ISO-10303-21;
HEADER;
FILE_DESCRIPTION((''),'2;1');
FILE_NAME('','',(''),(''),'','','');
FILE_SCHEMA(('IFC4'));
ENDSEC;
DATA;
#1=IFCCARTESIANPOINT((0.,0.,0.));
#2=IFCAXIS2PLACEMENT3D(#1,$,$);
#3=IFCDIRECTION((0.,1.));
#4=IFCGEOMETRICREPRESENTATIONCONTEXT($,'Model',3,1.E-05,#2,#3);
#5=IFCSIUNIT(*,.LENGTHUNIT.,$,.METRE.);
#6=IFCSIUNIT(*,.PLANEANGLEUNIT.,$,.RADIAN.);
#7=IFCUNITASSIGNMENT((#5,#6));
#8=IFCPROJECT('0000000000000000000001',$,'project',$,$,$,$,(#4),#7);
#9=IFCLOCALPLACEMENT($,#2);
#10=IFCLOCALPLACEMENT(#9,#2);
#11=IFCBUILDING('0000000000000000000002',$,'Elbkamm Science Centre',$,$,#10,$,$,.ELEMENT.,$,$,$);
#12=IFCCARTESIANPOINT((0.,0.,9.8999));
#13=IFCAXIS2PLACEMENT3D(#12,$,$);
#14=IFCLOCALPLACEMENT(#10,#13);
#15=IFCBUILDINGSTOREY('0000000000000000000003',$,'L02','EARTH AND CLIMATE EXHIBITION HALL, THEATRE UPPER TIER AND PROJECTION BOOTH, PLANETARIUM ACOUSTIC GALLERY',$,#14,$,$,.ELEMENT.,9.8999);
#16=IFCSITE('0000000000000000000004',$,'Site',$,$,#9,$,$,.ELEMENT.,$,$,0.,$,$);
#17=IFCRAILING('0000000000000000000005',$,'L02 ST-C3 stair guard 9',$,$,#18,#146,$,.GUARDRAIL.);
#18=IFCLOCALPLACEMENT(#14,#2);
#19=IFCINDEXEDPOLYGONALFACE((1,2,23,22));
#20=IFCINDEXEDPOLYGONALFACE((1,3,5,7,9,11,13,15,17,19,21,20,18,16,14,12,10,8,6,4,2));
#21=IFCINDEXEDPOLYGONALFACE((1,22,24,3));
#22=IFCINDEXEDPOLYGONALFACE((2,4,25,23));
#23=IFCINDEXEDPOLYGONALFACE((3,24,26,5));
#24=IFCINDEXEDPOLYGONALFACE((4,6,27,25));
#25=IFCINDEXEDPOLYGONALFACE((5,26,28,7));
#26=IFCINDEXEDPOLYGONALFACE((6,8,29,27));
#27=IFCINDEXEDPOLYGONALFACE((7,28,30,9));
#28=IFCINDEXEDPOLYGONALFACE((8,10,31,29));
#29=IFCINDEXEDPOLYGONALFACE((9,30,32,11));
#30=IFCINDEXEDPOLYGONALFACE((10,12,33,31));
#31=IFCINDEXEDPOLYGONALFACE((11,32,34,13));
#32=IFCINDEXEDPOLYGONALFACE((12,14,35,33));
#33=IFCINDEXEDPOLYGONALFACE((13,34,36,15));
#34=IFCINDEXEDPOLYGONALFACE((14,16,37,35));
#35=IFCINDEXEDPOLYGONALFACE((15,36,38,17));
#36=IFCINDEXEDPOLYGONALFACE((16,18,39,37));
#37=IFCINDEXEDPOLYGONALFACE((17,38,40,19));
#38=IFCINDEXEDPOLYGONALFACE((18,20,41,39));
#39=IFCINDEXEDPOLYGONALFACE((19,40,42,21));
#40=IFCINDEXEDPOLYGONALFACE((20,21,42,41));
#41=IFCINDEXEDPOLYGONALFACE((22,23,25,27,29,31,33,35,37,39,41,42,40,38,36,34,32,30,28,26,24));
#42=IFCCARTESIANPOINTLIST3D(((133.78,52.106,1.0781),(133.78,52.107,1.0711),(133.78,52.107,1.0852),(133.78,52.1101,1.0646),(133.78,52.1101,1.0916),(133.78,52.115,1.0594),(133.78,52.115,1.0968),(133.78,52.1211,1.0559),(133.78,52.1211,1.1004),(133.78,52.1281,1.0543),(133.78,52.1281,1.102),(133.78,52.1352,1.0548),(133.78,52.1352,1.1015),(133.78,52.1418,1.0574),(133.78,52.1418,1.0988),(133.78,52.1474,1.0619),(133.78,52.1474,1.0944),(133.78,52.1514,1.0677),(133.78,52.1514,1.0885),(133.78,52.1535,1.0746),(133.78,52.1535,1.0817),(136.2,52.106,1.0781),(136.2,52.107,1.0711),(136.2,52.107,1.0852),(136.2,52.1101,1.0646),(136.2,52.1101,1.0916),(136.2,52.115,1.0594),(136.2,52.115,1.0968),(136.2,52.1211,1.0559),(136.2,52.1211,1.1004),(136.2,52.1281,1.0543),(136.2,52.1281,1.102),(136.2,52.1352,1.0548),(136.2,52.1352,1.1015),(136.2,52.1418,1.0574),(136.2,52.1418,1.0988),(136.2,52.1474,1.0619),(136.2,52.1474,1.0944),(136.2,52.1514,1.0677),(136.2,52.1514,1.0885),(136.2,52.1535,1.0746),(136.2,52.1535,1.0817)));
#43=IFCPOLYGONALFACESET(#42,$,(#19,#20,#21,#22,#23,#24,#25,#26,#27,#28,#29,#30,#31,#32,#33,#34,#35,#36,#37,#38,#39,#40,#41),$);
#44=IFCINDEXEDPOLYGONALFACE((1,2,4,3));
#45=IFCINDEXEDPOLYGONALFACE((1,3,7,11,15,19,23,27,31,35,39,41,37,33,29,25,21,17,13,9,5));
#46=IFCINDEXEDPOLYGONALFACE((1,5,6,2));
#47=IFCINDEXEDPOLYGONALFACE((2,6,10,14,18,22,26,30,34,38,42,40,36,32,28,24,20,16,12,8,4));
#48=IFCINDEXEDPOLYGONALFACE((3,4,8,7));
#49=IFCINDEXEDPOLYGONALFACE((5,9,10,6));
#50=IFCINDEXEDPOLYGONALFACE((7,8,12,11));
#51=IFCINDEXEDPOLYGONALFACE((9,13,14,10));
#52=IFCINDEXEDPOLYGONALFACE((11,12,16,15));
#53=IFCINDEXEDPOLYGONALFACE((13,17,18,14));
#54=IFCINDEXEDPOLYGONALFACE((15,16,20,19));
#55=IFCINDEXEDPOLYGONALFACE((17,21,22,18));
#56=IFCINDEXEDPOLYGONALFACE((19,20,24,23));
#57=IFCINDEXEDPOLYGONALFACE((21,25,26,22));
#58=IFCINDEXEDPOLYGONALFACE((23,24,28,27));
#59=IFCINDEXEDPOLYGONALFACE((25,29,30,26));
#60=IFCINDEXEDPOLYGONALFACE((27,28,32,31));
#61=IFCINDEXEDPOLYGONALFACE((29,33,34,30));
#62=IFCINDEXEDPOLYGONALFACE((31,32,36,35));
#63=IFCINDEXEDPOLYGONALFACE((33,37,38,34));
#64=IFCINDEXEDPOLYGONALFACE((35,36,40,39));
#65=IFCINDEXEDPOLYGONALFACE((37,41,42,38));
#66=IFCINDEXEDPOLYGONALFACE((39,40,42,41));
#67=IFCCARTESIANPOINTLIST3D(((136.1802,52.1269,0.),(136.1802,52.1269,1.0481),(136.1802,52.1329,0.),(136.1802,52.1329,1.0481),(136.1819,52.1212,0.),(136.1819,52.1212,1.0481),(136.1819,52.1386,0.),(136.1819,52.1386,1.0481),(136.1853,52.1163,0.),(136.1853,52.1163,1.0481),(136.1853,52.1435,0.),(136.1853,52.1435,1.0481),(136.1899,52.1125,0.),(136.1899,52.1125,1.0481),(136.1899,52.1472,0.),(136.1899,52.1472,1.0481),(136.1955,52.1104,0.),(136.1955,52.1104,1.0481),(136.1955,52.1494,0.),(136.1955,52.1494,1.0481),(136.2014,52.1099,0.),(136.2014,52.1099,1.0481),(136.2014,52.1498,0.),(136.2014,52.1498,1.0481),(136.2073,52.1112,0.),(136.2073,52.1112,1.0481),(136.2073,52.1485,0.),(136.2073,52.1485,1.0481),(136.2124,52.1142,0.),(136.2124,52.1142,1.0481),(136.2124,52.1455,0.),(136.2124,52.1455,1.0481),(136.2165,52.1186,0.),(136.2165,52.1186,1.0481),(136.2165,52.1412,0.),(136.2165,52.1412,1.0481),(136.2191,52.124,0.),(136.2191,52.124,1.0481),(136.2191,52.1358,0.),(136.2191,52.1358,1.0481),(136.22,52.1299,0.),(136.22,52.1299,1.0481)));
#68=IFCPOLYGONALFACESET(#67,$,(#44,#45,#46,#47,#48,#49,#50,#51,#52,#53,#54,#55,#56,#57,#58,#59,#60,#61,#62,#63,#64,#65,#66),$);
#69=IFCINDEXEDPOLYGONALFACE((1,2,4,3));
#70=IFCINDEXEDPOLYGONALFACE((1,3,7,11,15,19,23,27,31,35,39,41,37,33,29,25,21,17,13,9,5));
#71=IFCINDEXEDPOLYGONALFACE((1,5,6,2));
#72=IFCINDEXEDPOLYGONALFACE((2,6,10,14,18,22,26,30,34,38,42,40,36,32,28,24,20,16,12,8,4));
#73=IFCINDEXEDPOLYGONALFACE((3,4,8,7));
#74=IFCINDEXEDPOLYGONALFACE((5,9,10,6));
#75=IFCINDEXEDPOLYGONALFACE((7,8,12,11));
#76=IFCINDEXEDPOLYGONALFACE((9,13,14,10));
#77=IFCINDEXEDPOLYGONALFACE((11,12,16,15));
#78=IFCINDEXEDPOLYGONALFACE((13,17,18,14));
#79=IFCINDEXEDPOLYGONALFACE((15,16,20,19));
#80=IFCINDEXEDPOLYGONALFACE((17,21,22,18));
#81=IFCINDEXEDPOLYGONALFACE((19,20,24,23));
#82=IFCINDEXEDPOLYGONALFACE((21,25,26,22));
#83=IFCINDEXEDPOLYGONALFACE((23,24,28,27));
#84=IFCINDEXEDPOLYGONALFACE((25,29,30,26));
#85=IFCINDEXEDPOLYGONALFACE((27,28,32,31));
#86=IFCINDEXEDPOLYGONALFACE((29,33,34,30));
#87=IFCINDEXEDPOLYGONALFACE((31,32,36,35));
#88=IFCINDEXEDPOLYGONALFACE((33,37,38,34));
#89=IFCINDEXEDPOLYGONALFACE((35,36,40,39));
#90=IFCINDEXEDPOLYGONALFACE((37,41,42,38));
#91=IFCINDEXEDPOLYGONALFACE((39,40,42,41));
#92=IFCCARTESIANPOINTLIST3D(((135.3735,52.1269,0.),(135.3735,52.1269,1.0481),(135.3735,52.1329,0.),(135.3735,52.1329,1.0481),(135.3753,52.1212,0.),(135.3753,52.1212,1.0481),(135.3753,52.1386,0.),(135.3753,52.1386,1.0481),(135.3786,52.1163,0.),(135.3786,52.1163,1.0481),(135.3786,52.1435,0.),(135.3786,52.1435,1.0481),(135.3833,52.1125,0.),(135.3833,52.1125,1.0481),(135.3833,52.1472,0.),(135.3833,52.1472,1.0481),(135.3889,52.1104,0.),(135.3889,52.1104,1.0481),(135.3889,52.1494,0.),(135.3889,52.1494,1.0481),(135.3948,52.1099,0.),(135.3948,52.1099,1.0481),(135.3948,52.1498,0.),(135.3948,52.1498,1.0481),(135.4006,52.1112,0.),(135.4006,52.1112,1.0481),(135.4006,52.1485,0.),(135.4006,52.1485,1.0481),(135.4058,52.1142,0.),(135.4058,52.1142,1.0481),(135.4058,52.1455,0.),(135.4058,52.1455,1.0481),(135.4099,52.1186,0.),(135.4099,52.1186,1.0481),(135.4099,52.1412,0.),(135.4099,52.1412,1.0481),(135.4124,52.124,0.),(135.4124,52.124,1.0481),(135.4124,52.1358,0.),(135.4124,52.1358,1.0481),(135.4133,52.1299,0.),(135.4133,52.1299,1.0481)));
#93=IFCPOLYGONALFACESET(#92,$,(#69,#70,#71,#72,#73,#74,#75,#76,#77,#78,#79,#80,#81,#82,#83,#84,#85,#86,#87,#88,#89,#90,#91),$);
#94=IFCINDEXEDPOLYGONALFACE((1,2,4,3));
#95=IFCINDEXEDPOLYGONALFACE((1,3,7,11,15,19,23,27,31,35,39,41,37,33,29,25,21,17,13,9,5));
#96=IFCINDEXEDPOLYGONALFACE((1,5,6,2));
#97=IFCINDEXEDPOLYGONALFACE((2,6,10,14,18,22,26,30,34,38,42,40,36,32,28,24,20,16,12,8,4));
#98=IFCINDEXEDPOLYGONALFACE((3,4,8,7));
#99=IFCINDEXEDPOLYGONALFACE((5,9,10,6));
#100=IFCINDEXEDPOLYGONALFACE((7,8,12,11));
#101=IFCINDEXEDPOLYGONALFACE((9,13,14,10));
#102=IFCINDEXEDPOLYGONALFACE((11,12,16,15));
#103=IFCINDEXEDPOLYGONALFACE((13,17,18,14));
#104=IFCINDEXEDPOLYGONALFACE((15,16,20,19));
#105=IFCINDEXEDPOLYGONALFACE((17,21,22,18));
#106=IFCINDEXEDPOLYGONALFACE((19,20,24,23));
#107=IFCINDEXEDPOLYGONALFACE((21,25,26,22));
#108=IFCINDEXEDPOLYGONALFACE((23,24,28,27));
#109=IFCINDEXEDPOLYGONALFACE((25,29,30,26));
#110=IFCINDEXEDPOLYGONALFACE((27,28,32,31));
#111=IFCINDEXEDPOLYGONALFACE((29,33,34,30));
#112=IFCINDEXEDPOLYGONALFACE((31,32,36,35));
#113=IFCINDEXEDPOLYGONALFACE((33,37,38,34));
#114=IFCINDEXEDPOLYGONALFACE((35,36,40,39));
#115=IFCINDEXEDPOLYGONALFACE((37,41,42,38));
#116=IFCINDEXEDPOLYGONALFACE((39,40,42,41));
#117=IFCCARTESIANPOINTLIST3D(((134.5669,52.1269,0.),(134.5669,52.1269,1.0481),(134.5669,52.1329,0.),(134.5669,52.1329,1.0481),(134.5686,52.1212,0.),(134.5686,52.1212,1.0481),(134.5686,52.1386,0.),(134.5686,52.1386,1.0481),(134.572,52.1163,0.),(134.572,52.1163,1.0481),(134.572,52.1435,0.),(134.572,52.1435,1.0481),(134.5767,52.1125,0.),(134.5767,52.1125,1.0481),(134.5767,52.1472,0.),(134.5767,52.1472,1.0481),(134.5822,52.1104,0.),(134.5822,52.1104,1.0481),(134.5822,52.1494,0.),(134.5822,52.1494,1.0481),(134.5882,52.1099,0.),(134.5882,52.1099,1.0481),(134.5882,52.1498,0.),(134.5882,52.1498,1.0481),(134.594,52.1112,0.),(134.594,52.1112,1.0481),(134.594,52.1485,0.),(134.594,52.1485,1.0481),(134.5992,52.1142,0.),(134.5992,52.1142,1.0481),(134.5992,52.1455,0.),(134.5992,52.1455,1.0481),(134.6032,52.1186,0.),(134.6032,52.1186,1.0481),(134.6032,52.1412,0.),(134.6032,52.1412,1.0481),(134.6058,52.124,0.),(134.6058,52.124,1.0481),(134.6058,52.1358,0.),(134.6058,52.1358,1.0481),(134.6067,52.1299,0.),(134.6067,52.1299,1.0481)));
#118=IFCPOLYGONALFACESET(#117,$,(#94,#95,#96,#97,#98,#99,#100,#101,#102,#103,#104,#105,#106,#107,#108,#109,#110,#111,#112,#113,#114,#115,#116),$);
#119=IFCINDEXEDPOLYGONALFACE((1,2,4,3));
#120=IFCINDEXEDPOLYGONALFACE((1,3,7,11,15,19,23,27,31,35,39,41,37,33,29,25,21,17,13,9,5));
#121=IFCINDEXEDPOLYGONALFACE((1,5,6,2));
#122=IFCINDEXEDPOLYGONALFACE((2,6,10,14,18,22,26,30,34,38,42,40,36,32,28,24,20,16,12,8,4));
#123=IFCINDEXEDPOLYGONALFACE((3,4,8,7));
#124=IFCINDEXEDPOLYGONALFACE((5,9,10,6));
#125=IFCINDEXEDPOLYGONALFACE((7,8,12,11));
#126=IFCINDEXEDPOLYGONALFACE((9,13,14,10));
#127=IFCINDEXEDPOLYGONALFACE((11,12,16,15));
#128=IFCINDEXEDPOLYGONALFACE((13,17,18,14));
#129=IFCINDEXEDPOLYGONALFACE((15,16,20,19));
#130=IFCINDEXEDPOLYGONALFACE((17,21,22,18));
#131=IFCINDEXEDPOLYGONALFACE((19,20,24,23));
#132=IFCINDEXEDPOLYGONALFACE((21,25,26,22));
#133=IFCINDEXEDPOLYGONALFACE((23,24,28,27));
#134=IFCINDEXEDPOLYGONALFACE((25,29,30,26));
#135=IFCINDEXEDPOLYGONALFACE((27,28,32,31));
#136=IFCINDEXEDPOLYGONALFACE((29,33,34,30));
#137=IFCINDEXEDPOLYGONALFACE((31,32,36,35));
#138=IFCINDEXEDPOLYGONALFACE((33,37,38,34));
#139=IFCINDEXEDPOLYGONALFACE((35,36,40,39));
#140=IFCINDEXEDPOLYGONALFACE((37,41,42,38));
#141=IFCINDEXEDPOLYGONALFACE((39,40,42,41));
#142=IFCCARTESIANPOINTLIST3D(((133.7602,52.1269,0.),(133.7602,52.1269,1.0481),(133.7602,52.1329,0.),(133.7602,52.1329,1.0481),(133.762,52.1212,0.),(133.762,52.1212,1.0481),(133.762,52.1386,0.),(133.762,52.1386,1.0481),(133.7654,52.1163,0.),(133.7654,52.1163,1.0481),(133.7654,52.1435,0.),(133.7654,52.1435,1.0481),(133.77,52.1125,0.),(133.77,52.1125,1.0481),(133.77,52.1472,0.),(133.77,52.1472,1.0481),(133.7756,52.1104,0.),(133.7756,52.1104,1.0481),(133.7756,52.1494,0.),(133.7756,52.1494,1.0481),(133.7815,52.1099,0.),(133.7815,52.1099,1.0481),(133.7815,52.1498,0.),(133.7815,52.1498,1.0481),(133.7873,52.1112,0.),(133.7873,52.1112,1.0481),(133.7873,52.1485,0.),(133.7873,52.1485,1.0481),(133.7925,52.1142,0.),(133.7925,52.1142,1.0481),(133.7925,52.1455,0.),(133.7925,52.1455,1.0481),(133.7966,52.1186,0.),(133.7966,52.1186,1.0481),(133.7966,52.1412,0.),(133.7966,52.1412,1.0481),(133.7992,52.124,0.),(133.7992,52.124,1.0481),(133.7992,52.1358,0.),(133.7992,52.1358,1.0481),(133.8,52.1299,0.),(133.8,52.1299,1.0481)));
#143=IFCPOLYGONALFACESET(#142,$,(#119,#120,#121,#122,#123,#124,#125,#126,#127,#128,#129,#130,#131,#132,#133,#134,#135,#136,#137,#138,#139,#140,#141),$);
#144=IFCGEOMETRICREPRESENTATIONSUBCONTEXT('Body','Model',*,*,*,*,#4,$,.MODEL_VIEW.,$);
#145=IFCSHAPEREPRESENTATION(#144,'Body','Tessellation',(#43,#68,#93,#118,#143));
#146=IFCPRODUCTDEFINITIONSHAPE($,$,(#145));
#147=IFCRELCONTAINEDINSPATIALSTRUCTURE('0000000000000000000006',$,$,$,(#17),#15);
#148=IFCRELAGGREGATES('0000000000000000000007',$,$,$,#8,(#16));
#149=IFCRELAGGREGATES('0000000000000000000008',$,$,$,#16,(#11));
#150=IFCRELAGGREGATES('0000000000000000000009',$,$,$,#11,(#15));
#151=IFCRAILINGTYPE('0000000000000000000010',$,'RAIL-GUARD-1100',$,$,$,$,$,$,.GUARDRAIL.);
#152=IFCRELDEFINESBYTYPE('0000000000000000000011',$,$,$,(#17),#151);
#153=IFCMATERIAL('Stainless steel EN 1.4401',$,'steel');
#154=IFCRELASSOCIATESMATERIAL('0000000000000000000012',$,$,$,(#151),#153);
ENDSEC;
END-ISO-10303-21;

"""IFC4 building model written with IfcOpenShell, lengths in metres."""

from ifc_helpers import new_model, si_unit, direction, frame, origin, origin_2d, place, context, subcontext, project, spatial, circle, extrude, material, type_object, element, save


model = new_model("IFC4")

# Units and contexts
model_context = context("Model", 3, precision=1e-05, world=origin(), true_north=direction((0.0, 1.0)))
body_context = subcontext(model_context, "Body", "Model", "MODEL_VIEW")
ifc_project = project(units=[si_unit("LENGTHUNIT", "METRE"), si_unit("PLANEANGLEUNIT", "RADIAN")], contexts=[model_context])

# Site, building, storey
site_placement = place(None, origin())
site = spatial("IfcSite", under=ifc_project, at=site_placement, Name="Site", CompositionType="ELEMENT", RefElevation=0.0)
building_placement = place(site_placement, origin())
building = spatial("IfcBuilding", under=site, at=building_placement, Name="Elbkamm Science Centre", CompositionType="ELEMENT")
storey_placement = place(building_placement, frame((0.0, 0.0, 9.8999)))
storey = spatial("IfcBuildingStorey", under=building, at=storey_placement, Name="L02", Description="EARTH AND CLIMATE EXHIBITION HALL, THEATRE UPPER TIER AND PROJECTION BOOTH, PLANETARIUM ACOUSTIC GALLERY", CompositionType="ELEMENT", Elevation=9.8999)

# Railing
ifc_material_1 = material(Name="Stainless steel EN 1.4401", Category="steel")
railing_type = type_object("IfcRailingType", Name="RAIL-GUARD-1100", PredefinedType="GUARDRAIL", material=ifc_material_1)
railing_1_placement = place(storey_placement, frame((136.2, 52.1299, 0.0)))
element("IfcRailing", 1, at=railing_1_placement, inside=storey, type_object=railing_type, Name="L02 ST-C3 stair guard 9", PredefinedType="GUARDRAIL", context=body_context, shape_type="SweptSolid", body=[
    extrude(circle(Radius=0.0239, at=origin_2d()), frame((0.0, 0.0, 1.0781), z_axis=(-1.0, 0.0, 0.0), x_axis=(0.0, -1.0, 0.0)), (0.0, 0.0, 1.0), 2.4199),
    extrude(circle(Radius=0.02, at=origin_2d()), origin(), (0.0, 0.0, 1.0), 1.0481),
    extrude(circle(Radius=0.02, at=origin_2d()), frame((-0.8066, 0.0, 0.0)), (0.0, 0.0, 1.0), 1.0481),
    extrude(circle(Radius=0.02, at=origin_2d()), frame((-1.6133, 0.0, 0.0)), (0.0, 0.0, 1.0), 1.0481),
    extrude(circle(Radius=0.02, at=origin_2d()), frame((-2.4199, 0.0, 0.0)), (0.0, 0.0, 1.0), 1.0481),
])

save(model, "model.ifc")
